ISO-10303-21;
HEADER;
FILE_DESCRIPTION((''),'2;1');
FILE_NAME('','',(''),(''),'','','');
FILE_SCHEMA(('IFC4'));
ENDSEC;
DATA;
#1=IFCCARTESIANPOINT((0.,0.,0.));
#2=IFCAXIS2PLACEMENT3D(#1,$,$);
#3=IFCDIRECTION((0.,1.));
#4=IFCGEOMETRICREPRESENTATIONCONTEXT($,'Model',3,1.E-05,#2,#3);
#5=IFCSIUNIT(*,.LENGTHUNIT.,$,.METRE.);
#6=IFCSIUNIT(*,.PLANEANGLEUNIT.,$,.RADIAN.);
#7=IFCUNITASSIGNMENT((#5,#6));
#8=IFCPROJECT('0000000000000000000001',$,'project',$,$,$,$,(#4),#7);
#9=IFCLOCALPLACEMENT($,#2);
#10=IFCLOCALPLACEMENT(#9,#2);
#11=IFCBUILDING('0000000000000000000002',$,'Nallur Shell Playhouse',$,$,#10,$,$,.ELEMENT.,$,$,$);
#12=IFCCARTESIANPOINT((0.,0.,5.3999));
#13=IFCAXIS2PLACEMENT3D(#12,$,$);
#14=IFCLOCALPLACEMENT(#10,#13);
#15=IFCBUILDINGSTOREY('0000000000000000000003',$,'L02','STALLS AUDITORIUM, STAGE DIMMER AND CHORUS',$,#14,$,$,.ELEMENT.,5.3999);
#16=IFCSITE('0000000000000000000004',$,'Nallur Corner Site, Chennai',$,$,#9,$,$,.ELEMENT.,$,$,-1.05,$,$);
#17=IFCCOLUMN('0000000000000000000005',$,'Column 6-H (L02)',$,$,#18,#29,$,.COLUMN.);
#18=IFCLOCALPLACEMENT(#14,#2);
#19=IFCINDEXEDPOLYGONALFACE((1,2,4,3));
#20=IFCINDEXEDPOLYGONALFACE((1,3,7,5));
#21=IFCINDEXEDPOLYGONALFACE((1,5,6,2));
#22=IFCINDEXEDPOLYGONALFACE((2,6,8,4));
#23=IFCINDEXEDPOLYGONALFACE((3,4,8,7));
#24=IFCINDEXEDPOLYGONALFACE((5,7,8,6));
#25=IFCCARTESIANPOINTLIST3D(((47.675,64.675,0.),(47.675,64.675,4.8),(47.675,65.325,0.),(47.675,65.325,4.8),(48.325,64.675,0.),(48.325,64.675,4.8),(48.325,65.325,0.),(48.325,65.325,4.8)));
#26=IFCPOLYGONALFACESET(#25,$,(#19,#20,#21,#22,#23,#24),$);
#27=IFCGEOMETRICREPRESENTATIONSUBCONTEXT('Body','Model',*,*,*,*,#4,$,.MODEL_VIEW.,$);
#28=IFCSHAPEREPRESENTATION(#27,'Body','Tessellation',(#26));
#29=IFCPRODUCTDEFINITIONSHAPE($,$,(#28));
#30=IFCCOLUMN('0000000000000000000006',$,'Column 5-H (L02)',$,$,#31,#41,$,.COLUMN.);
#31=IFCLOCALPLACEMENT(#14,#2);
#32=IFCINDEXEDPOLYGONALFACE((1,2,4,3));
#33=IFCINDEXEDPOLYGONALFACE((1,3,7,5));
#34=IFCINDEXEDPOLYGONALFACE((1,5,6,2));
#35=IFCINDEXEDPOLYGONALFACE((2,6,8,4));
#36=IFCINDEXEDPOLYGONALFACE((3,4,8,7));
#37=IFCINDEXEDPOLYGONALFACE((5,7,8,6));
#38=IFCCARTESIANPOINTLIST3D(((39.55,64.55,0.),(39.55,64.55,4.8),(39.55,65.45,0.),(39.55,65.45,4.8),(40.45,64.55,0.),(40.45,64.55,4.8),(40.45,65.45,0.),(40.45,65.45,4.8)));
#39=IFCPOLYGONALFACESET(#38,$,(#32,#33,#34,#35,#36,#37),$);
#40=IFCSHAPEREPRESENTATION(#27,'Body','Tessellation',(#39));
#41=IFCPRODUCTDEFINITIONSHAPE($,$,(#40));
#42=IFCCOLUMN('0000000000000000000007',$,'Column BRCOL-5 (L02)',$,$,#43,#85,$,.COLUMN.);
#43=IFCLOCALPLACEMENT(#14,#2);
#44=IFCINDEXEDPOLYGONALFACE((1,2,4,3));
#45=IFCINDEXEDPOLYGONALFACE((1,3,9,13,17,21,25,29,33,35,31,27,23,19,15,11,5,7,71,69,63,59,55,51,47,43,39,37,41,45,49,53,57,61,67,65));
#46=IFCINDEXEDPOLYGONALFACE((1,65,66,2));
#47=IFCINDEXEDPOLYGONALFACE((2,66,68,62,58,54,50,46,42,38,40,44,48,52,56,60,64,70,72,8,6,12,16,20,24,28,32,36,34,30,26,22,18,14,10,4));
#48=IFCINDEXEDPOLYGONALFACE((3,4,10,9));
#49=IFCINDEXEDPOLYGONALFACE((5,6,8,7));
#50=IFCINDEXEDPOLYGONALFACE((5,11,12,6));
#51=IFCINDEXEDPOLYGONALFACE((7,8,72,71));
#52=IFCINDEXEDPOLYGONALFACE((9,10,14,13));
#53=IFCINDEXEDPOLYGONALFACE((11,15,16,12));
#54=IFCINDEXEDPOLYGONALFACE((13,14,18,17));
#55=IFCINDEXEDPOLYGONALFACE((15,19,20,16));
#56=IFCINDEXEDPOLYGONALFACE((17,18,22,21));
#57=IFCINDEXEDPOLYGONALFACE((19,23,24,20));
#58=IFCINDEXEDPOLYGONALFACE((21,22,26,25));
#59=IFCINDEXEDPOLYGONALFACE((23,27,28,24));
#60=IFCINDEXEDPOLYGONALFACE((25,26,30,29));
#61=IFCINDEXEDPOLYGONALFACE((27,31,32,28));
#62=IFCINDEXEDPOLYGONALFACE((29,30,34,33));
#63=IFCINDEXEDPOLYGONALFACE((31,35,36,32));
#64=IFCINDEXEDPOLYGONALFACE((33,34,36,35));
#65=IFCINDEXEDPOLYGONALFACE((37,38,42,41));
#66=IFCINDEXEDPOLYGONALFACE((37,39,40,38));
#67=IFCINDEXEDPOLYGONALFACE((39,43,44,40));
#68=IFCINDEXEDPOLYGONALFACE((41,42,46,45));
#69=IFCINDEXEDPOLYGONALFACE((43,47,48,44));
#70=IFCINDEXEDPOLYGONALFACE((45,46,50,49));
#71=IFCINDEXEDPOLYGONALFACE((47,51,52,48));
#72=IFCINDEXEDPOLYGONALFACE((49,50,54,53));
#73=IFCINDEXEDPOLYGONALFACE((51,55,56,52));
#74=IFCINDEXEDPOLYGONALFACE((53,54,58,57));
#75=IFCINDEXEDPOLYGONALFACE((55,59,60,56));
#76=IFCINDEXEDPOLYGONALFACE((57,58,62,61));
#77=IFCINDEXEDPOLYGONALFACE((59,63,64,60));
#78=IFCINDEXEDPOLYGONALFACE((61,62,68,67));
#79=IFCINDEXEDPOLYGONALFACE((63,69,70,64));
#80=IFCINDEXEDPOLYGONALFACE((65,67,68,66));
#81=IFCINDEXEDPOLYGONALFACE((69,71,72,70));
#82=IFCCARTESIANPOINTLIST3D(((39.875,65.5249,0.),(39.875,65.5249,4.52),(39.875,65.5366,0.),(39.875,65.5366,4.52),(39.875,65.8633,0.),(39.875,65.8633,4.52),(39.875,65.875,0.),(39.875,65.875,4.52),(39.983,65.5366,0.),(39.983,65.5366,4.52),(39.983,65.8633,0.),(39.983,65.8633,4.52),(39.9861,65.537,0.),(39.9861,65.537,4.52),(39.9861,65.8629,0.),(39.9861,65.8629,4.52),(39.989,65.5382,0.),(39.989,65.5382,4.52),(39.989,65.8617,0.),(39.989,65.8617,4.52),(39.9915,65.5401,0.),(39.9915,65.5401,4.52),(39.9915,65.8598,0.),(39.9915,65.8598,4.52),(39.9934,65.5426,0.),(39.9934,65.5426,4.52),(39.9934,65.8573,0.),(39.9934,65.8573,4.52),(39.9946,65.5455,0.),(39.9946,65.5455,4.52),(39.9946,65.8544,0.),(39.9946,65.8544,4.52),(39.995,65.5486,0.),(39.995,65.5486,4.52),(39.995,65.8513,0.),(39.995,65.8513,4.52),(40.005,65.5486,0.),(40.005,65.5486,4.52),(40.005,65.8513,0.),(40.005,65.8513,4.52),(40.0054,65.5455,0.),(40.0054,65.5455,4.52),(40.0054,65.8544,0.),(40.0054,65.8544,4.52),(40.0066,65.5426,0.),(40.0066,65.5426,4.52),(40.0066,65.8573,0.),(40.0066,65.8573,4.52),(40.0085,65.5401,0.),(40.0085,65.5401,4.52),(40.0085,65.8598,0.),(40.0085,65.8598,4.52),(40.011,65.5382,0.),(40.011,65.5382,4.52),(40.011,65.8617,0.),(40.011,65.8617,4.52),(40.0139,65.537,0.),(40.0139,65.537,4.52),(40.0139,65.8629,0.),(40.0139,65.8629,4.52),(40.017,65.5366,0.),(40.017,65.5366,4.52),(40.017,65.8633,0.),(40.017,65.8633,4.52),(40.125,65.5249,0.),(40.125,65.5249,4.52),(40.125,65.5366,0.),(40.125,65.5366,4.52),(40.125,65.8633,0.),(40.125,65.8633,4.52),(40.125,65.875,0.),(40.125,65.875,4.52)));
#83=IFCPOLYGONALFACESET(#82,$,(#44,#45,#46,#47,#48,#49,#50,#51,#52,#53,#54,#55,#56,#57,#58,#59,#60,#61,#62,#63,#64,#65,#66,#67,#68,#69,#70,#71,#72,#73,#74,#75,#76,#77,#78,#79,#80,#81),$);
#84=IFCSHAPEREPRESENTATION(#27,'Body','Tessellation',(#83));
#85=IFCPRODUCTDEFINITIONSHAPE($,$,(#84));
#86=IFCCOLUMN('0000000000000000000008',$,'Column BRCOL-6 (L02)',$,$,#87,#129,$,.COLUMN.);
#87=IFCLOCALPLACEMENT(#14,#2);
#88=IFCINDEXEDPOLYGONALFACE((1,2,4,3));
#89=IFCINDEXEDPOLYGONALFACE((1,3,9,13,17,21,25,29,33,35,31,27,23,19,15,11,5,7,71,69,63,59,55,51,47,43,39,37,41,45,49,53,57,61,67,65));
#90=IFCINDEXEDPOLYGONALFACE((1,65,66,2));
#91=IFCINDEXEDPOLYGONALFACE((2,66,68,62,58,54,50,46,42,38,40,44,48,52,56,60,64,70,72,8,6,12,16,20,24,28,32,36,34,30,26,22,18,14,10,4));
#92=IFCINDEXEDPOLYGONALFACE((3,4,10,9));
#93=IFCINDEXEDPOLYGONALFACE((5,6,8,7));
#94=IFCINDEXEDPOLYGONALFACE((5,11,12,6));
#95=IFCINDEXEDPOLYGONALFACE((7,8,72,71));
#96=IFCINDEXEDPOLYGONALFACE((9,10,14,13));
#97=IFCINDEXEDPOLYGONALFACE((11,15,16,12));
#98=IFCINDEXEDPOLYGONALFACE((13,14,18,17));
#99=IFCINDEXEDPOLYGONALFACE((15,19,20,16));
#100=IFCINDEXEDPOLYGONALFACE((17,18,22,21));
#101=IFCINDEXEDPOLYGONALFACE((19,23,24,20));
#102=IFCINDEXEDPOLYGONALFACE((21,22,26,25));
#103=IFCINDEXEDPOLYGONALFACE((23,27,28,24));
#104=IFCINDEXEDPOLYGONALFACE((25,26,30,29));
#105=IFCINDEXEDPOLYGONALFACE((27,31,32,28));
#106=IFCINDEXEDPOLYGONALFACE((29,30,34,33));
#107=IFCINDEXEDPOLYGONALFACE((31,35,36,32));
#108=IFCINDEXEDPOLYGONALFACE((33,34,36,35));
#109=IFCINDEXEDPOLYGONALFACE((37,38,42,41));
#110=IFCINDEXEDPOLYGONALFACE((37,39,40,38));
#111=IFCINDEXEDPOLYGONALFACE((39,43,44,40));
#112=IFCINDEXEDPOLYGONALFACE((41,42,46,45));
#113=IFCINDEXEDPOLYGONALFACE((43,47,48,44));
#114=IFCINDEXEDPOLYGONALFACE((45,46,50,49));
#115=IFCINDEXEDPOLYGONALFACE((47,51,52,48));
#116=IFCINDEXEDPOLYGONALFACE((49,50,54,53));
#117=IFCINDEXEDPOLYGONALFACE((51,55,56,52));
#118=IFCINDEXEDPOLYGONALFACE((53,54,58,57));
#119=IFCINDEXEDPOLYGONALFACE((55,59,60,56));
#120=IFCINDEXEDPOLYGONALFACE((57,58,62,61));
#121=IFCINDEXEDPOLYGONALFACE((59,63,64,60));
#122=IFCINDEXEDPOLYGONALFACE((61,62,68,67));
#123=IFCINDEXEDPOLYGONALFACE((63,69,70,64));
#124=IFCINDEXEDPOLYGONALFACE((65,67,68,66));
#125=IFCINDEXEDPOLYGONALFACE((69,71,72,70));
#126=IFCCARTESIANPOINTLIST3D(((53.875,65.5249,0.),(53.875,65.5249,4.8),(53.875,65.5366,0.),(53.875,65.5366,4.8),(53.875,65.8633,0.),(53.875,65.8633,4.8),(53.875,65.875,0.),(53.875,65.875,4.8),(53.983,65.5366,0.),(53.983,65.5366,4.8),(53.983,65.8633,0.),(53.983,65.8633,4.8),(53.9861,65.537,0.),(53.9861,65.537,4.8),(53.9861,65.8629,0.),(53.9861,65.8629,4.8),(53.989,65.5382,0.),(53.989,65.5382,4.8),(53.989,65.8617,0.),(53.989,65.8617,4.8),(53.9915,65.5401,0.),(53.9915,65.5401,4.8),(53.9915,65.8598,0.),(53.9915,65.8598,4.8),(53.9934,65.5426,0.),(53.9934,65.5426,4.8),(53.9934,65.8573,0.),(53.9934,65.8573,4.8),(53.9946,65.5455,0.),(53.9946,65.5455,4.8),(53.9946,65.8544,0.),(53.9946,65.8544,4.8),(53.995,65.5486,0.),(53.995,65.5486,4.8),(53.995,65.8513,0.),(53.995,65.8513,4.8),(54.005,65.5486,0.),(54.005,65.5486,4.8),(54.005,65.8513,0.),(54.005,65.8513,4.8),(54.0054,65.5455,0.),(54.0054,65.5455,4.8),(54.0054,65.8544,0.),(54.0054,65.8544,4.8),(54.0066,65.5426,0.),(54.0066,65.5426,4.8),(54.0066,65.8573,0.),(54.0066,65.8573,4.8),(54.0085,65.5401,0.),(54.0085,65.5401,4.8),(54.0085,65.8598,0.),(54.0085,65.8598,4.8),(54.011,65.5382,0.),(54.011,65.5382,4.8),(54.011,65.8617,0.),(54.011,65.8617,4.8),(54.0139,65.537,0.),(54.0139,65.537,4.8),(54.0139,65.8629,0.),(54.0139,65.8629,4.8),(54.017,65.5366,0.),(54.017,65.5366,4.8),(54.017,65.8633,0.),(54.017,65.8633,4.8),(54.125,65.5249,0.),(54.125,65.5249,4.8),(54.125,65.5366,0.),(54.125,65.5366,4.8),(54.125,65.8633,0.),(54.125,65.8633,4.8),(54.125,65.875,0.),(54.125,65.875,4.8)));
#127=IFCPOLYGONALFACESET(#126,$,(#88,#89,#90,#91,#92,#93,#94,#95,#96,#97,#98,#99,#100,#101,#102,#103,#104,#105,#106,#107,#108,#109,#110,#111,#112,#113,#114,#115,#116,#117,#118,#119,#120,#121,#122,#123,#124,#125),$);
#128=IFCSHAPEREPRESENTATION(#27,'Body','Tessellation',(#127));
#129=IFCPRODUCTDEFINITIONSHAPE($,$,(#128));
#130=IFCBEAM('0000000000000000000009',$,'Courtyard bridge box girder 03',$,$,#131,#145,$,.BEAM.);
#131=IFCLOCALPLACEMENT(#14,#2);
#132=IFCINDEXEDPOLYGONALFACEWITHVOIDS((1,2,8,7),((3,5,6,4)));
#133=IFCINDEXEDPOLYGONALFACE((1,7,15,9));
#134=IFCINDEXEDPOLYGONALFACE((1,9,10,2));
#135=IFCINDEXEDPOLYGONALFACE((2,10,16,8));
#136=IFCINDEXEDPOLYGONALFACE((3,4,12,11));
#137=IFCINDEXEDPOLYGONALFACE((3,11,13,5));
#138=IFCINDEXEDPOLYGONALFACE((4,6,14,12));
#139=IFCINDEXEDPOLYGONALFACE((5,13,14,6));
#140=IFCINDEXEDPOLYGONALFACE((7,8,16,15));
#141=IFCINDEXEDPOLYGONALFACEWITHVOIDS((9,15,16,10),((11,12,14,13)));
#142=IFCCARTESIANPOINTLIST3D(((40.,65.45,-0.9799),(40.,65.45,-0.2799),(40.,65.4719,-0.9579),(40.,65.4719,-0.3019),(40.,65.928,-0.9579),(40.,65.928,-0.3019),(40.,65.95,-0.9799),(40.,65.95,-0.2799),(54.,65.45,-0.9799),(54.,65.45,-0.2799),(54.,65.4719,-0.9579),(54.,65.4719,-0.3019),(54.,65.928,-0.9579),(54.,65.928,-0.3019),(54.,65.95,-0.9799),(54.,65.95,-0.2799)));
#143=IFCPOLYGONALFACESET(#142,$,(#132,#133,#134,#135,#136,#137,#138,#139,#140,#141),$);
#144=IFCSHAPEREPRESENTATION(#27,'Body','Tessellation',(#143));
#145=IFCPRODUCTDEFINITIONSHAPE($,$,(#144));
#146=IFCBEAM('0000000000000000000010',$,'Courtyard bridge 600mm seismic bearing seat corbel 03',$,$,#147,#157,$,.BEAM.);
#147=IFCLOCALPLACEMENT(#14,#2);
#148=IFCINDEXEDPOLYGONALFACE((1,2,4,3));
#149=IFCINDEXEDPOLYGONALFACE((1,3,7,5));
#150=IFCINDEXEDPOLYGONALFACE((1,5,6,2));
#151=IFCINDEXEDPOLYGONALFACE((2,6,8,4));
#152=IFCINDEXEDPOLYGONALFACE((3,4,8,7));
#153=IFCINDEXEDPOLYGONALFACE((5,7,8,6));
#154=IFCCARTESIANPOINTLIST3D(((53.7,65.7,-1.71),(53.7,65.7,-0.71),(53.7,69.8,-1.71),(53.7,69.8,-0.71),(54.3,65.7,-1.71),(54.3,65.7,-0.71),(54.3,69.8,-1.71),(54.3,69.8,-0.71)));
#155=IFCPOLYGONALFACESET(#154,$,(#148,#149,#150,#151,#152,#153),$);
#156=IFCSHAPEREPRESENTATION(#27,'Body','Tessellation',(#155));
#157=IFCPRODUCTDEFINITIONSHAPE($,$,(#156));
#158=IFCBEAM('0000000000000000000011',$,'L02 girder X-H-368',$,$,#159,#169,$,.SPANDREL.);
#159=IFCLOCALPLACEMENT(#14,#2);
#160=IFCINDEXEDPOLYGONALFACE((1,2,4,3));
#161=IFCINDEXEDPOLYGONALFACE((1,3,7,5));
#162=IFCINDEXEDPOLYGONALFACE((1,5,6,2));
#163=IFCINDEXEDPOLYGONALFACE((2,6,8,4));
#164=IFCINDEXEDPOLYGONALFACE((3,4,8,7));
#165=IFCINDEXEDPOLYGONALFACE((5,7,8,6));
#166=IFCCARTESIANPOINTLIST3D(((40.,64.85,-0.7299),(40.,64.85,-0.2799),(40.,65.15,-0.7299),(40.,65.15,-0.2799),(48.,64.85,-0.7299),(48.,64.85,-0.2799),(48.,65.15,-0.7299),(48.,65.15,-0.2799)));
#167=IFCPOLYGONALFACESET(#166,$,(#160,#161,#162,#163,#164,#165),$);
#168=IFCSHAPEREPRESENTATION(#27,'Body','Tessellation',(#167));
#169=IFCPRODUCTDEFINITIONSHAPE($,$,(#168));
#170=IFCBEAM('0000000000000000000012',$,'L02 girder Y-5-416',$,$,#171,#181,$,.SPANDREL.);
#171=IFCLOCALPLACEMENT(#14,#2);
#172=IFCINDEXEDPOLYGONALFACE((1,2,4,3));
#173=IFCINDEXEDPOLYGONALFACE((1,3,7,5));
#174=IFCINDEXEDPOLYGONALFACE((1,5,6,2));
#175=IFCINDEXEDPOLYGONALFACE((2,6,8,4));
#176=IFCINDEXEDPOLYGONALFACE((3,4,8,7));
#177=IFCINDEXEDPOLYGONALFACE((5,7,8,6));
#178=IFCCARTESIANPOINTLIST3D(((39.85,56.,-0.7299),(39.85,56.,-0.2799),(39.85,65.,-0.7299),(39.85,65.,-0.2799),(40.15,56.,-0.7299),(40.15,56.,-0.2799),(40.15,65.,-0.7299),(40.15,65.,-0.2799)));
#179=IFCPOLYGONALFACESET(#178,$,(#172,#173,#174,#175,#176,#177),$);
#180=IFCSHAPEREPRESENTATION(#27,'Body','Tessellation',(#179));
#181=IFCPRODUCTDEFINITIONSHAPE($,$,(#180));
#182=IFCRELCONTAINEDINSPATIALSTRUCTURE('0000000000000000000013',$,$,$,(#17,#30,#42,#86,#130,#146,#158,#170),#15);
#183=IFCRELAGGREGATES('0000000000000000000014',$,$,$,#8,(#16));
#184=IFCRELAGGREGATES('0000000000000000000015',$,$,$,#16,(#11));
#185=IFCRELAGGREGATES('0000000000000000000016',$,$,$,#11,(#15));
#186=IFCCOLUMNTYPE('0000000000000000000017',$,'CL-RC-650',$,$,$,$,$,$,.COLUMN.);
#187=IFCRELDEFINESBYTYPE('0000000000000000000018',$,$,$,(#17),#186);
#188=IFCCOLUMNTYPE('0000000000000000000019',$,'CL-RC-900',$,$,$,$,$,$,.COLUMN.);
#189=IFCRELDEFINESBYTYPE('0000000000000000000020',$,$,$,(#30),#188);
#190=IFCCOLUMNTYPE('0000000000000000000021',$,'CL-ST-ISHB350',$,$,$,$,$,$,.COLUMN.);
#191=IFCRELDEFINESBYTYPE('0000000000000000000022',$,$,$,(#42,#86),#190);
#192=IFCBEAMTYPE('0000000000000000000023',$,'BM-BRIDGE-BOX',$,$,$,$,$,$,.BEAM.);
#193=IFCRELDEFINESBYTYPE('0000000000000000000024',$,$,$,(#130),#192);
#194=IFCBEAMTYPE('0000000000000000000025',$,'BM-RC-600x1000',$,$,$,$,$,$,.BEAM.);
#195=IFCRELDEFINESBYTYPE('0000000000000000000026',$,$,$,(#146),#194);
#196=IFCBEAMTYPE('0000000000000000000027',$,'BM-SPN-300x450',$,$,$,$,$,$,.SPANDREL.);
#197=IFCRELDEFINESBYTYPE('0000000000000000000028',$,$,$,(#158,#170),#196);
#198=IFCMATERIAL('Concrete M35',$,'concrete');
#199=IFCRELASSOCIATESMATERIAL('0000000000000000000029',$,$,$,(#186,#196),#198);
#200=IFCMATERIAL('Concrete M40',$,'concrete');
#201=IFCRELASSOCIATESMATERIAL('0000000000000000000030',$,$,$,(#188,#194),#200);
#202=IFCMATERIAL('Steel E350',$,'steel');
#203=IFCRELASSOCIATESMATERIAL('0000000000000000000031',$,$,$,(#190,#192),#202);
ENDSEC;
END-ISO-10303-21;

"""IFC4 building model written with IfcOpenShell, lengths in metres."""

from ifc_helpers import new_model, si_unit, direction, frame, origin, origin_2d, place, context, subcontext, project, spatial, rectangle, hollow_rectangle, i_section, extrude, material, material_profile, profile_set, type_object, element, save


model = new_model("IFC4")

# Units and contexts
model_context = context("Model", 3, precision=1e-05, world=origin(), true_north=direction((0.0, 1.0)))
body_context = subcontext(model_context, "Body", "Model", "MODEL_VIEW")
ifc_project = project(units=[si_unit("LENGTHUNIT", "METRE"), si_unit("PLANEANGLEUNIT", "RADIAN")], contexts=[model_context])

# Site, building, storey
site_placement = place(None, origin())
site = spatial("IfcSite", under=ifc_project, at=site_placement, Name="Nallur Corner Site, Chennai", CompositionType="ELEMENT", RefElevation=-1.05)
building_placement = place(site_placement, origin())
building = spatial("IfcBuilding", under=site, at=building_placement, Name="Nallur Shell Playhouse", CompositionType="ELEMENT")
storey_placement = place(building_placement, frame((0.0, 0.0, 5.3999)))
storey = spatial("IfcBuildingStorey", under=building, at=storey_placement, Name="L02", Description="STALLS AUDITORIUM, STAGE DIMMER AND CHORUS", CompositionType="ELEMENT", Elevation=5.3999)

# Columns
ifc_material_1 = material(Name="Concrete M35", Category="concrete")
ifc_material_profile_1 = material_profile(ifc_material_1, rectangle(XDim=0.6499, YDim=0.6499, at=origin_2d()), Name="RC 650x650")
ifc_profile_set_1 = profile_set([ifc_material_profile_1], Name="Concrete M35")
column_type_1 = type_object("IfcColumnType", Name="CL-RC-650", PredefinedType="COLUMN", material=ifc_profile_set_1)
column_1_placement = place(storey_placement, frame((48.0, 65.0, 0.0), z_axis=(0.0, 0.0, 1.0), x_axis=(1.0, 0.0, 0.0)))
element("IfcColumn", 1, at=column_1_placement, inside=storey, type_object=column_type_1, Name="Column 6-H (L02)", PredefinedType="COLUMN", context=body_context, shape_type="SweptSolid", body=[
    extrude(rectangle(XDim=0.6499, YDim=0.6499, at=origin_2d()), origin(), (0.0, 0.0, 1.0), 4.8),
])
ifc_material_2 = material(Name="Concrete M40", Category="concrete")
ifc_material_profile_2 = material_profile(ifc_material_2, rectangle(XDim=0.8999, YDim=0.8999, at=origin_2d()), Name="RC 900x900")
ifc_profile_set_2 = profile_set([ifc_material_profile_2], Name="Concrete M40")
column_type_2 = type_object("IfcColumnType", Name="CL-RC-900", PredefinedType="COLUMN", material=ifc_profile_set_2)
column_2_placement = place(storey_placement, frame((40.0, 65.0, 0.0), z_axis=(0.0, 0.0, 1.0), x_axis=(1.0, 0.0, 0.0)))
element("IfcColumn", 2, at=column_2_placement, inside=storey, type_object=column_type_2, Name="Column 5-H (L02)", PredefinedType="COLUMN", context=body_context, shape_type="SweptSolid", body=[
    extrude(rectangle(XDim=0.8999, YDim=0.8999, at=origin_2d()), origin(), (0.0, 0.0, 1.0), 4.8),
])
ifc_material_3 = material(Name="Steel E350", Category="steel")
ifc_material_profile_3 = material_profile(ifc_material_3, i_section(OverallWidth=0.25, OverallDepth=0.3501, WebThickness=0.01, FlangeThickness=0.0117, FilletRadius=0.012, at=origin_2d()), Name="ISHB 350")
ifc_profile_set_3 = profile_set([ifc_material_profile_3], Name="Steel E350")
column_type_3 = type_object("IfcColumnType", Name="CL-ST-ISHB350", PredefinedType="COLUMN", material=ifc_profile_set_3)
column_3_placement = place(storey_placement, frame((40.0, 65.7, 0.0), z_axis=(0.0, 0.0, 1.0), x_axis=(1.0, 0.0, 0.0)))
element("IfcColumn", 3, at=column_3_placement, inside=storey, type_object=column_type_3, Name="Column BRCOL-5 (L02)", PredefinedType="COLUMN", context=body_context, shape_type="SweptSolid", body=[
    extrude(i_section(OverallWidth=0.25, OverallDepth=0.3501, WebThickness=0.01, FlangeThickness=0.0117, FilletRadius=0.012, at=origin_2d()), origin(), (0.0, 0.0, 1.0), 4.52),
])
column_4_placement = place(storey_placement, frame((54.0, 65.7, 0.0), z_axis=(0.0, 0.0, 1.0), x_axis=(1.0, 0.0, 0.0)))
element("IfcColumn", 4, at=column_4_placement, inside=storey, type_object=column_type_3, Name="Column BRCOL-6 (L02)", PredefinedType="COLUMN", context=body_context, shape_type="SweptSolid", body=[
    extrude(i_section(OverallWidth=0.25, OverallDepth=0.3501, WebThickness=0.01, FlangeThickness=0.0117, FilletRadius=0.012, at=origin_2d()), origin(), (0.0, 0.0, 1.0), 4.8),
])

# Beams
ifc_material_profile_4 = material_profile(ifc_material_3, hollow_rectangle(XDim=0.5, YDim=0.7, WallThickness=0.022, at=origin_2d()), Name="BOX 500x700x22")
ifc_profile_set_4 = profile_set([ifc_material_profile_4], Name="Steel E350")
beam_type_1 = type_object("IfcBeamType", Name="BM-BRIDGE-BOX", PredefinedType="BEAM", material=ifc_profile_set_4)
beam_1_placement = place(storey_placement, frame((40.0, 65.7, -0.6299), z_axis=(1.0, 0.0, 0.0), x_axis=(0.0, 1.0, 0.0)))
element("IfcBeam", 5, at=beam_1_placement, inside=storey, type_object=beam_type_1, Name="Courtyard bridge box girder 03", PredefinedType="BEAM", context=body_context, shape_type="SweptSolid", body=[
    extrude(hollow_rectangle(XDim=0.5, YDim=0.7, WallThickness=0.022, at=origin_2d()), origin(), (0.0, 0.0, 1.0), 14.0),
])
ifc_material_profile_5 = material_profile(ifc_material_2, rectangle(XDim=0.6001, YDim=1.0, at=origin_2d()), Name="RC 600x1000")
ifc_profile_set_5 = profile_set([ifc_material_profile_5], Name="Concrete M40")
beam_type_2 = type_object("IfcBeamType", Name="BM-RC-600x1000", PredefinedType="BEAM", material=ifc_profile_set_5)
beam_2_placement = place(storey_placement, frame((54.0, 65.7, -1.21), z_axis=(0.0, 1.0, 0.0), x_axis=(-1.0, 0.0, 0.0)))
element("IfcBeam", 6, at=beam_2_placement, inside=storey, type_object=beam_type_2, Name="Courtyard bridge 600mm seismic bearing seat corbel 03", PredefinedType="BEAM", context=body_context, shape_type="SweptSolid", body=[
    extrude(rectangle(XDim=0.6001, YDim=1.0, at=origin_2d()), origin(), (0.0, 0.0, 1.0), 4.1001),
])
ifc_material_profile_6 = material_profile(ifc_material_1, rectangle(XDim=0.3, YDim=0.45, at=origin_2d()), Name="RC 300x450")
ifc_profile_set_6 = profile_set([ifc_material_profile_6], Name="Concrete M35")
beam_type_3 = type_object("IfcBeamType", Name="BM-SPN-300x450", PredefinedType="SPANDREL", material=ifc_profile_set_6)
beam_3_placement = place(storey_placement, frame((40.0, 65.0, -0.5049), z_axis=(1.0, 0.0, 0.0), x_axis=(0.0, 1.0, 0.0)))
element("IfcBeam", 7, at=beam_3_placement, inside=storey, type_object=beam_type_3, Name="L02 girder X-H-368", PredefinedType="SPANDREL", context=body_context, shape_type="SweptSolid", body=[
    extrude(rectangle(XDim=0.3, YDim=0.45, at=origin_2d()), origin(), (0.0, 0.0, 1.0), 8.0),
])
beam_4_placement = place(storey_placement, frame((40.0, 56.0, -0.5049), z_axis=(0.0, 1.0, 0.0), x_axis=(-1.0, 0.0, 0.0)))
element("IfcBeam", 8, at=beam_4_placement, inside=storey, type_object=beam_type_3, Name="L02 girder Y-5-416", PredefinedType="SPANDREL", context=body_context, shape_type="SweptSolid", body=[
    extrude(rectangle(XDim=0.3, YDim=0.45, at=origin_2d()), origin(), (0.0, 0.0, 1.0), 9.0),
])

save(model, "model.ifc")
